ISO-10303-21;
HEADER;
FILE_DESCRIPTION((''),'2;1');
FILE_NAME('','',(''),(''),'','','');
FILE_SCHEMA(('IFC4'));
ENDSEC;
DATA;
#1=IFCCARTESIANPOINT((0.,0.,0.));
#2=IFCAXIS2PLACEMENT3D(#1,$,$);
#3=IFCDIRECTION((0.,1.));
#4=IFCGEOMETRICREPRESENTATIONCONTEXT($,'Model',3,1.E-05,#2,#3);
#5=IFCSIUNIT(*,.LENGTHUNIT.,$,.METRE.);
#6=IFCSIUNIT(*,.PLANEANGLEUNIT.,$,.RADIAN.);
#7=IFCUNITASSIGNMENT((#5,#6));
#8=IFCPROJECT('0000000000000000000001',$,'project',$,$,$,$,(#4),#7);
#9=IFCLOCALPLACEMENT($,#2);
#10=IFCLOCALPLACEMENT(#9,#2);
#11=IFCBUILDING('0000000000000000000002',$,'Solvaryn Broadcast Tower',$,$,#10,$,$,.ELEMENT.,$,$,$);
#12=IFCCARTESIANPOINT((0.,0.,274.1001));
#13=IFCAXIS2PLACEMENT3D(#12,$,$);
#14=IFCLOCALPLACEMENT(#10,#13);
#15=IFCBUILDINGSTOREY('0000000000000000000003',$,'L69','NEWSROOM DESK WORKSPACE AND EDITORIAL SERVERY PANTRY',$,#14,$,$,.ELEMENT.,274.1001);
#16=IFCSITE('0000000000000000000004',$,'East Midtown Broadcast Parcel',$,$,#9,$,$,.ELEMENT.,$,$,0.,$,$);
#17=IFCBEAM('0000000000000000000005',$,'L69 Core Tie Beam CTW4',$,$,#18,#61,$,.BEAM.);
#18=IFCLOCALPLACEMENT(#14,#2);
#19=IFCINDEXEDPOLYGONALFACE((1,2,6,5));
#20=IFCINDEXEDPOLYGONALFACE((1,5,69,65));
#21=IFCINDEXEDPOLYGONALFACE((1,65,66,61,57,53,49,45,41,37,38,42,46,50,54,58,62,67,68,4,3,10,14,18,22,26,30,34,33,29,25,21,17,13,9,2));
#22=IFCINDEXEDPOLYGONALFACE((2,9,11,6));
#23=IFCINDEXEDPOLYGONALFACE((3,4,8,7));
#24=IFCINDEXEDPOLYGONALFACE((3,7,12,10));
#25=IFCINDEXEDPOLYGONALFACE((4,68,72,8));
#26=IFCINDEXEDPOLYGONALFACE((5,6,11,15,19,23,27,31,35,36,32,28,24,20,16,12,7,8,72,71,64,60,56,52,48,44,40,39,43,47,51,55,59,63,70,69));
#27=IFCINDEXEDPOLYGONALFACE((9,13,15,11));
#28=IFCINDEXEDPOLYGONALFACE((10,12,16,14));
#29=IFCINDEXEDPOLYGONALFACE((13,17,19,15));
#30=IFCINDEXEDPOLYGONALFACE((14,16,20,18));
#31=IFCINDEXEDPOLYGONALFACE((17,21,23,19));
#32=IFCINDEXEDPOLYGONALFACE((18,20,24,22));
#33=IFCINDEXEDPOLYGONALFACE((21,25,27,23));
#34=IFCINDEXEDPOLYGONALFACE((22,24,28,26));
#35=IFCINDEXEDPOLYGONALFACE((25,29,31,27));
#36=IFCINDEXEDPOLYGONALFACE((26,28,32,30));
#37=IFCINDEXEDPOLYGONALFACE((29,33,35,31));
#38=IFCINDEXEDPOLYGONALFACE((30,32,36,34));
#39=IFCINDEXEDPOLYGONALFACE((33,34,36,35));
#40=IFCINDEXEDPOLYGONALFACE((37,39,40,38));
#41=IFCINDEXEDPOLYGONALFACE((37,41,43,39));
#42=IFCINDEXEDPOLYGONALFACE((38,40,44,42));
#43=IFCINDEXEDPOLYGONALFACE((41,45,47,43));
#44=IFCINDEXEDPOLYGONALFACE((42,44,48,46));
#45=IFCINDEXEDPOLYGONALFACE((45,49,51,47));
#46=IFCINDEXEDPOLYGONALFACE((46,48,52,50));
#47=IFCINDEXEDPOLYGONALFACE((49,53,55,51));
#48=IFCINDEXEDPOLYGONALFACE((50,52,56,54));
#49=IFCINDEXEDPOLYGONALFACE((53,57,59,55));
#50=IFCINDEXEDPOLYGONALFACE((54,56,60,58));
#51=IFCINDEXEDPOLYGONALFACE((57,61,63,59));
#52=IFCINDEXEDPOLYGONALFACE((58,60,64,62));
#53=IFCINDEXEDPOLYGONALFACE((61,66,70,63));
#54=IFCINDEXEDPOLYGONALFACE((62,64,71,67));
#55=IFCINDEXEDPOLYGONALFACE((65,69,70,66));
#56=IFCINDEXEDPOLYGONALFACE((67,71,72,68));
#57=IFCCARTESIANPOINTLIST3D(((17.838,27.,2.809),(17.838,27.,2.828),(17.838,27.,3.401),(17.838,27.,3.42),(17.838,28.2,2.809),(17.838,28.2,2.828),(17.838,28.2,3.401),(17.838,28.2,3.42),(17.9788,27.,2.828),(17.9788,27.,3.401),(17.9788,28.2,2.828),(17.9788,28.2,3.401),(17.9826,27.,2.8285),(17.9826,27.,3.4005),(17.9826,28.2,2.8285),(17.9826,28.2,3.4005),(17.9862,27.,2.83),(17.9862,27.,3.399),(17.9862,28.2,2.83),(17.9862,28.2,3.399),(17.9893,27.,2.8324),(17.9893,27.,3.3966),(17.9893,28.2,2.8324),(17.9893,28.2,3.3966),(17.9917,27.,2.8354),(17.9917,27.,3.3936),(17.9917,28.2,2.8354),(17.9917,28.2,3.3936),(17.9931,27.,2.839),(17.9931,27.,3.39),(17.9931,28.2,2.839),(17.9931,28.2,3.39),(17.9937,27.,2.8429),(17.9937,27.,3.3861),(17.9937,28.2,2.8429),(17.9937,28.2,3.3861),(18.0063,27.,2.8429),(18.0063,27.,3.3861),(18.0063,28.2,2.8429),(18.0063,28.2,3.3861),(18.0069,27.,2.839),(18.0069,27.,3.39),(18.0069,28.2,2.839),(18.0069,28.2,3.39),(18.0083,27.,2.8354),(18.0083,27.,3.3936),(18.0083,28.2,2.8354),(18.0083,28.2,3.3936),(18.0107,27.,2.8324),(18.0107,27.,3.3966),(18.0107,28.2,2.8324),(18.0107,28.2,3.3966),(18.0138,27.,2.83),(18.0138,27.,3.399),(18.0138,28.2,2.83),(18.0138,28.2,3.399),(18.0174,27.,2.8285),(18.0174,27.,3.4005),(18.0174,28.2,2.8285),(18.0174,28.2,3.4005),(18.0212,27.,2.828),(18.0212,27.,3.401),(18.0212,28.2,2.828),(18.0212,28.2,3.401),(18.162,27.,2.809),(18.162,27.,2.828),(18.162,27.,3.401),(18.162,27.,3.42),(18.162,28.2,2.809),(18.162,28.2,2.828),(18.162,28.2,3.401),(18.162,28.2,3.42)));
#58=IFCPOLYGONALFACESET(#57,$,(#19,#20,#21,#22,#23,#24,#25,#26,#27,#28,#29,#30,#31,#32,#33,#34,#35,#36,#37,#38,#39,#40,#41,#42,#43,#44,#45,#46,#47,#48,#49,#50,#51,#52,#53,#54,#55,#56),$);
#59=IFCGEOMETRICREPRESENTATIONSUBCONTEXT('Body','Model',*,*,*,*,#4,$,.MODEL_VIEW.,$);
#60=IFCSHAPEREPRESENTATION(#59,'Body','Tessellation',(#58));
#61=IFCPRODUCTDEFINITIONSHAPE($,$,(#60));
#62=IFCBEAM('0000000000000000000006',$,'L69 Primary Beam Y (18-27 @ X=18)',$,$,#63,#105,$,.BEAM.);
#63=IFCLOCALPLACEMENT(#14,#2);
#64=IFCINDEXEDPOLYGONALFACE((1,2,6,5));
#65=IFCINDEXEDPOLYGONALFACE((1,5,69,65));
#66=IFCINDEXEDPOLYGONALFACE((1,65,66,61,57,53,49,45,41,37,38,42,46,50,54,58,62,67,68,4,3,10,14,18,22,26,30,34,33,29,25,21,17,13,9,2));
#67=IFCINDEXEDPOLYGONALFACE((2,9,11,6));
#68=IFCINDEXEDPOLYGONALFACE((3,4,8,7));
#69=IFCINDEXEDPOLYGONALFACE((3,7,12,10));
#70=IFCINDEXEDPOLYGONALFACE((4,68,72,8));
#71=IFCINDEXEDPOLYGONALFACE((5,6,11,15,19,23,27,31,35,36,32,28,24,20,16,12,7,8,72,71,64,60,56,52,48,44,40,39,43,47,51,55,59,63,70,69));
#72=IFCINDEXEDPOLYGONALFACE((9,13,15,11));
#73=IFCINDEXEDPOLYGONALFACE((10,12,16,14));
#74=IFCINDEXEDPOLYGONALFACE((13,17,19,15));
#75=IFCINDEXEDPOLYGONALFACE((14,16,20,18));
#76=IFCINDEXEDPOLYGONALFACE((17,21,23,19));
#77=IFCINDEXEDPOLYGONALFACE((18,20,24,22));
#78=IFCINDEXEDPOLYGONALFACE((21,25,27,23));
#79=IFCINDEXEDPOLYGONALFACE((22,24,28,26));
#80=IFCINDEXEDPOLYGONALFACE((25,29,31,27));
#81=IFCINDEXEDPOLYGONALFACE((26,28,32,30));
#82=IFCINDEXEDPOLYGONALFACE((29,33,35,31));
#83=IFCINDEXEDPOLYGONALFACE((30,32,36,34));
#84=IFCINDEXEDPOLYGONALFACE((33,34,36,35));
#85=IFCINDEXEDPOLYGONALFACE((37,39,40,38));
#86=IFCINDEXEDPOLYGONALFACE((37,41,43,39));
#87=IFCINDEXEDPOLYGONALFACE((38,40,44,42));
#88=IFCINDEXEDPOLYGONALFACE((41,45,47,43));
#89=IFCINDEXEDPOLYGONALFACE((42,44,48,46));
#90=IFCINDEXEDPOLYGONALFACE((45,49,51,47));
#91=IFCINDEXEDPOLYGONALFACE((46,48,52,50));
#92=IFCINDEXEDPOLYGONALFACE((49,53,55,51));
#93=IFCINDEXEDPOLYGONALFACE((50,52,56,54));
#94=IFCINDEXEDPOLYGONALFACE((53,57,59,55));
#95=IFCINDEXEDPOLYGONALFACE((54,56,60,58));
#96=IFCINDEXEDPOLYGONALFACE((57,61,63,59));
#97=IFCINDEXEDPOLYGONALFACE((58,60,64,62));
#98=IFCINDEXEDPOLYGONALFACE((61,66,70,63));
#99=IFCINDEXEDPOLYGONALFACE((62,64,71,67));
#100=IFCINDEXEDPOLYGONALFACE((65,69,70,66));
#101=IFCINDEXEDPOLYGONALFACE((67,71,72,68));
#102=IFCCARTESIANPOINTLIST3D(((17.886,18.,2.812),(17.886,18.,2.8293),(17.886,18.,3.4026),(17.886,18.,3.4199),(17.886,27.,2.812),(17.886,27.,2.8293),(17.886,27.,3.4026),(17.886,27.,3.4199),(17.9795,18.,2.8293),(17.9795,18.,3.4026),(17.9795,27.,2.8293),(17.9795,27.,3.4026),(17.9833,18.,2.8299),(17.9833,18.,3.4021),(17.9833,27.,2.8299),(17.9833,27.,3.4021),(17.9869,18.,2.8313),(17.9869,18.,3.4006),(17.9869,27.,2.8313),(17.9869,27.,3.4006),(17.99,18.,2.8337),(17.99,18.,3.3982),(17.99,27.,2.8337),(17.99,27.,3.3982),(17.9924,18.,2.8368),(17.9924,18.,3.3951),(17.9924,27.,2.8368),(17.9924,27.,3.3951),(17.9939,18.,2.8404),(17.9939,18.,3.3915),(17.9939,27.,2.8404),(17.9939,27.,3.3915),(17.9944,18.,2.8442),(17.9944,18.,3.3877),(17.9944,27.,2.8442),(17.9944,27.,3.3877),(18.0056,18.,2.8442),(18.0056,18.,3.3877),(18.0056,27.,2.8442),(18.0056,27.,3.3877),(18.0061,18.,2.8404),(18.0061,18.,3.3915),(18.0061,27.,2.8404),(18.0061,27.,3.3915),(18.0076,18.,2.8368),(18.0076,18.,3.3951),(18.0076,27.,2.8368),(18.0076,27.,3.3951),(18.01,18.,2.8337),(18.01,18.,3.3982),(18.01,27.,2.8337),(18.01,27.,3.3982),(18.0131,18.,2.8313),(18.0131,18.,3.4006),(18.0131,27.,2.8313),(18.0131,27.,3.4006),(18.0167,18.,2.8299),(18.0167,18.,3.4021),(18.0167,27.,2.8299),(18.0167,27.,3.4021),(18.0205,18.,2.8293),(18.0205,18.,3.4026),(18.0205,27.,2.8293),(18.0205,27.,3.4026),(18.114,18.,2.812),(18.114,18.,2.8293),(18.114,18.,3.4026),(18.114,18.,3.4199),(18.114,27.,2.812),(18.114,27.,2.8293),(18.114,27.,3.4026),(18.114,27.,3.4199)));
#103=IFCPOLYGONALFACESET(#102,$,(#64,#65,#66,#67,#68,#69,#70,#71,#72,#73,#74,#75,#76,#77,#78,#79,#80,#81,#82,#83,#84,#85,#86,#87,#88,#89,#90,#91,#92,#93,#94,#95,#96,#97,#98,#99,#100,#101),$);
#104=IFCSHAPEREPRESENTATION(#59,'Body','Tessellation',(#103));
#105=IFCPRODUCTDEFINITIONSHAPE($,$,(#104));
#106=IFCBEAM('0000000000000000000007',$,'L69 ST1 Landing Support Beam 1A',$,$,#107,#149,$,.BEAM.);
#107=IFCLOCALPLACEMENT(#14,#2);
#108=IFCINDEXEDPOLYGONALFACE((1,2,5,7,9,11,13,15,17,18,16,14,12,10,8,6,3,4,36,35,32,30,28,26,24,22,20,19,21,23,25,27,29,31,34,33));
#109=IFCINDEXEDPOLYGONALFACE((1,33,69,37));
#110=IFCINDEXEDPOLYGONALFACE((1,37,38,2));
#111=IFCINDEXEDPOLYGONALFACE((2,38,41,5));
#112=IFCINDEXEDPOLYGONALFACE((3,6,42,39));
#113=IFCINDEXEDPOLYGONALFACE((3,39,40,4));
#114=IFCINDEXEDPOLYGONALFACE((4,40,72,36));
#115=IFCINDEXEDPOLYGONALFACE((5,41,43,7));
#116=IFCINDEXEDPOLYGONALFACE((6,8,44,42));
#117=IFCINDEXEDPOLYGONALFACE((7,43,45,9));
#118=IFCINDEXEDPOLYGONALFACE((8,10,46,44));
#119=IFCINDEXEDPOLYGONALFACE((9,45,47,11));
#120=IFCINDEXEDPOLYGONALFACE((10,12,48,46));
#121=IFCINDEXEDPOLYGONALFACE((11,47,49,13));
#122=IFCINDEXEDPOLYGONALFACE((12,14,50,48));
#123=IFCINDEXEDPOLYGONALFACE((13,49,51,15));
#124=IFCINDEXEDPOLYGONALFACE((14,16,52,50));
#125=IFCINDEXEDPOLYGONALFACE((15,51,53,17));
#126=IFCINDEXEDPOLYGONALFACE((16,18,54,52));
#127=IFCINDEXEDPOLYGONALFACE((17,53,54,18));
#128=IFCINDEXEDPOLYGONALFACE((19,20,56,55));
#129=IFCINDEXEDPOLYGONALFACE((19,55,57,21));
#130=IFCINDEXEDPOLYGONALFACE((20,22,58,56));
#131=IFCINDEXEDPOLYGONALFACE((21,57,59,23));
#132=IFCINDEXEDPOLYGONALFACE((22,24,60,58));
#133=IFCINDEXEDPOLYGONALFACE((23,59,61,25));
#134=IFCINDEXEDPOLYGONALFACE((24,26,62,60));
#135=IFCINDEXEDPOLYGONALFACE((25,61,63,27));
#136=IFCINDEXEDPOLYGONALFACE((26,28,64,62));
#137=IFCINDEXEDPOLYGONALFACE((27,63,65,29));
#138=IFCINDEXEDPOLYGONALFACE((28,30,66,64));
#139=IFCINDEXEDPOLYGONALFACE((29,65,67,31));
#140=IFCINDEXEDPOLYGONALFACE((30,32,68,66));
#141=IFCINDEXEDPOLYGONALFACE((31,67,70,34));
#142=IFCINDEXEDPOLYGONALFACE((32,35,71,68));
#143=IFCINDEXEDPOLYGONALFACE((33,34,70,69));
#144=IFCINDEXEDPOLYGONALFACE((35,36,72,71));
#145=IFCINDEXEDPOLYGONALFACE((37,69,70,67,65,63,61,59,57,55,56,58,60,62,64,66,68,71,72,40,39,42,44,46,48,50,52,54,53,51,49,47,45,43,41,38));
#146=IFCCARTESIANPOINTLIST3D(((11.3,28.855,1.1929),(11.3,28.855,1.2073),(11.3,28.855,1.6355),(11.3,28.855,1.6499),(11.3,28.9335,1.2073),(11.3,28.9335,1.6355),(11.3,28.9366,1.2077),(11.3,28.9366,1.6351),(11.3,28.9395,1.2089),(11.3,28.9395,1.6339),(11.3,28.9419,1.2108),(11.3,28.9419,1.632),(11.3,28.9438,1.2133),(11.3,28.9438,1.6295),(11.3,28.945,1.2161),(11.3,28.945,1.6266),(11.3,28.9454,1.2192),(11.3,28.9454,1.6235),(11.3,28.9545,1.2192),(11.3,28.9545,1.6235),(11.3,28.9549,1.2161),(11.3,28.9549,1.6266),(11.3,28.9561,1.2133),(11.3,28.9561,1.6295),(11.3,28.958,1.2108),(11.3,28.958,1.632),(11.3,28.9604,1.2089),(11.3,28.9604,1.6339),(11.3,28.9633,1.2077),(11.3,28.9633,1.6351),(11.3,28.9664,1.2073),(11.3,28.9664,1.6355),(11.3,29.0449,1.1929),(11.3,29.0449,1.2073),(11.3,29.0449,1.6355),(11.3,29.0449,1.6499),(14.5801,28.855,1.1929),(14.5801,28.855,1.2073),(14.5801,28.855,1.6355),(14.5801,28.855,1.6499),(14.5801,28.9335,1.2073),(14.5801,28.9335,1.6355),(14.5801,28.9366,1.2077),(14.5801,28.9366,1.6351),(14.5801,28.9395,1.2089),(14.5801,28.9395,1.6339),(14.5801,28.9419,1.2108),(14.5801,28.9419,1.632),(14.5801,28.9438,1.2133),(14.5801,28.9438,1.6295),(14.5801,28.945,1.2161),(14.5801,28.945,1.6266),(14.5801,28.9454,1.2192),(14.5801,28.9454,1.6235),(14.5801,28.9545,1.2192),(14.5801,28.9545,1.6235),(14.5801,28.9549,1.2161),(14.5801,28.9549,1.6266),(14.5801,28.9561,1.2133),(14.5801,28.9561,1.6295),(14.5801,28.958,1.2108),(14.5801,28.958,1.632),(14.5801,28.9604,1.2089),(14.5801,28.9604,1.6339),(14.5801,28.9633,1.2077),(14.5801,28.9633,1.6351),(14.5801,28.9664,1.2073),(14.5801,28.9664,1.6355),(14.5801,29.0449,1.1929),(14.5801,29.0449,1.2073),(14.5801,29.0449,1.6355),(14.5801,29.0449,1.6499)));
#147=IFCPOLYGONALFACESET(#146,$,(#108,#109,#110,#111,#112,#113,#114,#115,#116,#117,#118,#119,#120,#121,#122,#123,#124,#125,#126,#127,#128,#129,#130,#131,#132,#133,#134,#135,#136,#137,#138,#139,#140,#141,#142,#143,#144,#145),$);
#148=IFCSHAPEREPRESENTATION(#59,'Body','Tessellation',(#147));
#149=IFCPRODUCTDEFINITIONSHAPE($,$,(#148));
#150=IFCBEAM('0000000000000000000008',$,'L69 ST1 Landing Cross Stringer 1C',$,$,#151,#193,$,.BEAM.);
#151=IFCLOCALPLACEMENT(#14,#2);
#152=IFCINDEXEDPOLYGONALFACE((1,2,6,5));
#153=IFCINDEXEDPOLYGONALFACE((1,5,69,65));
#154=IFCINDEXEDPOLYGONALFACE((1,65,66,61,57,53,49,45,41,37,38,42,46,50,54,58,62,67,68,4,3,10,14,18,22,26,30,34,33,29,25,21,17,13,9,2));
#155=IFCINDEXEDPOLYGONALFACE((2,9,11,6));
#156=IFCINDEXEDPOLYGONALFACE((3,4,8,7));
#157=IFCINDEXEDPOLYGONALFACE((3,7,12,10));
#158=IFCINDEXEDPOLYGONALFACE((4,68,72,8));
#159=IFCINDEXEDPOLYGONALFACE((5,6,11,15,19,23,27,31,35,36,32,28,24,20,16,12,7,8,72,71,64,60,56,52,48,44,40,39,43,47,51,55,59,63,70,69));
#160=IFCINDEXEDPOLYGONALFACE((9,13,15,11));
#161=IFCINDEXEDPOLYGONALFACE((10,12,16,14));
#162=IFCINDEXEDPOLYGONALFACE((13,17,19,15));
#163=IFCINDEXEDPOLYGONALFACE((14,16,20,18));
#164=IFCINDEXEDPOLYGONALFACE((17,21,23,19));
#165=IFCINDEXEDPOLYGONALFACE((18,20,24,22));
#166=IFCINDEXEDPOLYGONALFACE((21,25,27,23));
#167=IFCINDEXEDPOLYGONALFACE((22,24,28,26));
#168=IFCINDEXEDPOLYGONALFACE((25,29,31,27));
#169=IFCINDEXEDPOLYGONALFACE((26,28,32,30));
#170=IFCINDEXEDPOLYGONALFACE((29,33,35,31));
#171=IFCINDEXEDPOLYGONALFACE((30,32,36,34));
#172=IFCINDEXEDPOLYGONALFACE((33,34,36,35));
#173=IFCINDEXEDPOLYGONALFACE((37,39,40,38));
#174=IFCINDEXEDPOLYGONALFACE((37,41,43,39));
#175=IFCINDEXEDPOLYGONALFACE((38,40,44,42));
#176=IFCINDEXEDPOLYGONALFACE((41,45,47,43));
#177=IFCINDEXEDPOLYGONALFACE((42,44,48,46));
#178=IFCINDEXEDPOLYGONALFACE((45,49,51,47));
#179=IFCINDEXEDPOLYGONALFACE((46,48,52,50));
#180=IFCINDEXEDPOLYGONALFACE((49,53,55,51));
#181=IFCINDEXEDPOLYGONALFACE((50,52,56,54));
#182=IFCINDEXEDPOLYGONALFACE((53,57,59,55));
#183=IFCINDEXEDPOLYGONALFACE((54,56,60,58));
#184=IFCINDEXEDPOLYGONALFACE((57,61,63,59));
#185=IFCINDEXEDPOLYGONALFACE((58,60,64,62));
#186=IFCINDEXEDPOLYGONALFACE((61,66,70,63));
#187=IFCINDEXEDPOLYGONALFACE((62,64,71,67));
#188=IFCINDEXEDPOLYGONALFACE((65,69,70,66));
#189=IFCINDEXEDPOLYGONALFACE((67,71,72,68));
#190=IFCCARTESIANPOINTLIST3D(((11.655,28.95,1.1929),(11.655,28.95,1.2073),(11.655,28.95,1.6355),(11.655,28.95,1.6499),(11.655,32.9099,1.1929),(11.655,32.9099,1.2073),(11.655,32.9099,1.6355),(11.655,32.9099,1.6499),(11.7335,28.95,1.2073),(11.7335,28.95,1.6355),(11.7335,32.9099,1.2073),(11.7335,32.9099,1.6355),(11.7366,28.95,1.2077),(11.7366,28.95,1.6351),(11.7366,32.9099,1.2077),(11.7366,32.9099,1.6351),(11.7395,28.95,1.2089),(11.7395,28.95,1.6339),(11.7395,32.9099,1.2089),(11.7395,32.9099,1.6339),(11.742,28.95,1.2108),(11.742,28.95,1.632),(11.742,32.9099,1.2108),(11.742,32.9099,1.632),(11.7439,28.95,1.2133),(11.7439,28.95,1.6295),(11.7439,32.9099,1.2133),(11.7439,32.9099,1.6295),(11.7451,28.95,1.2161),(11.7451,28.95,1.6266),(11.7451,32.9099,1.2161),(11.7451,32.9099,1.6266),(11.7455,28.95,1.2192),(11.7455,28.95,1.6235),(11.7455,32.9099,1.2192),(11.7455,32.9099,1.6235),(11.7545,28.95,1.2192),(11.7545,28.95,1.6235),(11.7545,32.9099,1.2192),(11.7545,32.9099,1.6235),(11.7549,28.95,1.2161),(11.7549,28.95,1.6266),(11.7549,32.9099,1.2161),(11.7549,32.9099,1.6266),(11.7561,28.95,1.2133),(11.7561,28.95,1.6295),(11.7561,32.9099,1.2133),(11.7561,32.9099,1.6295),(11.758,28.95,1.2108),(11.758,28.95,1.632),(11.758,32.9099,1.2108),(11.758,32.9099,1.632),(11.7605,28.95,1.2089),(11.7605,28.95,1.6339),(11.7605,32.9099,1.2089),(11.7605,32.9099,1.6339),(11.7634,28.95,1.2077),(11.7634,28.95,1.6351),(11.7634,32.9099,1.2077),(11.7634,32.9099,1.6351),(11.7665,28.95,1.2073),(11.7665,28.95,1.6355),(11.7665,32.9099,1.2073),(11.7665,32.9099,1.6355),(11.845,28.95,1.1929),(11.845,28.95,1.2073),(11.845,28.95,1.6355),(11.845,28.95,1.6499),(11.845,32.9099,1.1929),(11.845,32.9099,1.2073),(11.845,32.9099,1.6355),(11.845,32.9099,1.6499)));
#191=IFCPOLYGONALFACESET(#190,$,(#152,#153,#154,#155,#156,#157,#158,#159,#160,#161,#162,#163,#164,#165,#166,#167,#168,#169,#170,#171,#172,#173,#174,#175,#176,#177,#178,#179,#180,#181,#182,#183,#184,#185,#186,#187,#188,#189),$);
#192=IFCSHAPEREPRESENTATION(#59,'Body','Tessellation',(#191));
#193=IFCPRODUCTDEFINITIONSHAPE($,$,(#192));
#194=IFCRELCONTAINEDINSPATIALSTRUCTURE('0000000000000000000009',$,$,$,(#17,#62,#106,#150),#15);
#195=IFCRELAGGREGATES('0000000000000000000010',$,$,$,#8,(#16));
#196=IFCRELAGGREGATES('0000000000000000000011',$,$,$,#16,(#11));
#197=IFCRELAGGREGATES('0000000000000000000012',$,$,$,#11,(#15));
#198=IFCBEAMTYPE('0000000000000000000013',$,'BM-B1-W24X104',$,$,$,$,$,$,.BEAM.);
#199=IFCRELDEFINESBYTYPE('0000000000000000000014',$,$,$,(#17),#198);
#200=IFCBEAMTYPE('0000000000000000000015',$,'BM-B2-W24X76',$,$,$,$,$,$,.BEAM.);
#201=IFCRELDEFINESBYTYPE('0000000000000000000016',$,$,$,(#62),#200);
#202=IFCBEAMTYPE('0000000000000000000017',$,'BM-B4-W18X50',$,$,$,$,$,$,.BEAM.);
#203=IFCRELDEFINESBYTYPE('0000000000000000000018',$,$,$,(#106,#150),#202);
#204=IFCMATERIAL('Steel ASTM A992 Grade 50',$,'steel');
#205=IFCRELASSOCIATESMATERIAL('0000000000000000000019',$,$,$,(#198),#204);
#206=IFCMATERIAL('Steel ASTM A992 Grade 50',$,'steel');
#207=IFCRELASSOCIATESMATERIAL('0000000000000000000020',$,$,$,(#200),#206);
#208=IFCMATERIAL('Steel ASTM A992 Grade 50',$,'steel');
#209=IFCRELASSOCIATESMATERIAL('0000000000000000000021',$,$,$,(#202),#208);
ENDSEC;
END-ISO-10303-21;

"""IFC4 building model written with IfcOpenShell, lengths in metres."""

from ifc_helpers import new_model, si_unit, direction, frame, origin, origin_2d, place, context, subcontext, project, spatial, i_section, extrude, material, material_profile, profile_set, type_object, element, save


model = new_model("IFC4")

# Units and contexts
model_context = context("Model", 3, precision=1e-05, world=origin(), true_north=direction((0.0, 1.0)))
body_context = subcontext(model_context, "Body", "Model", "MODEL_VIEW")
ifc_project = project(units=[si_unit("LENGTHUNIT", "METRE"), si_unit("PLANEANGLEUNIT", "RADIAN")], contexts=[model_context])

# Site, building, storey
site_placement = place(None, origin())
site = spatial("IfcSite", under=ifc_project, at=site_placement, Name="East Midtown Broadcast Parcel", CompositionType="ELEMENT", RefElevation=0.0)
building_placement = place(site_placement, origin())
building = spatial("IfcBuilding", under=site, at=building_placement, Name="Solvaryn Broadcast Tower", CompositionType="ELEMENT")
storey_placement = place(building_placement, frame((0.0, 0.0, 274.1001)))
storey = spatial("IfcBuildingStorey", under=building, at=storey_placement, Name="L69", Description="NEWSROOM DESK WORKSPACE AND EDITORIAL SERVERY PANTRY", CompositionType="ELEMENT", Elevation=274.1001)

# Beams
ifc_material_1 = material(Name="Steel ASTM A992 Grade 50", Category="steel")
ifc_material_profile_1 = material_profile(ifc_material_1, i_section(OverallWidth=0.324, OverallDepth=0.6111, WebThickness=0.0127, FlangeThickness=0.019, FilletRadius=0.0149, at=origin_2d()))
ifc_profile_set_1 = profile_set([ifc_material_profile_1], Name="Steel ASTM A992 Grade 50")
beam_type_1 = type_object("IfcBeamType", Name="BM-B1-W24X104", PredefinedType="BEAM", material=ifc_profile_set_1)
beam_1_placement = place(storey_placement, frame((18.0, 27.0, 3.1145), z_axis=(0.0, 1.0, 0.0), x_axis=(-1.0, 0.0, 0.0)))
element("IfcBeam", 1, at=beam_1_placement, inside=storey, type_object=beam_type_1, Name="L69 Core Tie Beam CTW4", PredefinedType="BEAM", context=body_context, shape_type="SweptSolid", body=[
    extrude(i_section(OverallWidth=0.324, OverallDepth=0.6111, WebThickness=0.0127, FlangeThickness=0.019, FilletRadius=0.0149, at=origin_2d()), origin(), (0.0, 0.0, 1.0), 1.2),
])
ifc_material_2 = material(Name="Steel ASTM A992 Grade 50", Category="steel")
ifc_material_profile_2 = material_profile(ifc_material_2, i_section(OverallWidth=0.228, OverallDepth=0.6079, WebThickness=0.0112, FlangeThickness=0.0173, FilletRadius=0.0149, at=origin_2d()))
ifc_profile_set_2 = profile_set([ifc_material_profile_2], Name="Steel ASTM A992 Grade 50")
beam_type_2 = type_object("IfcBeamType", Name="BM-B2-W24X76", PredefinedType="BEAM", material=ifc_profile_set_2)
beam_2_placement = place(storey_placement, frame((18.0, 18.0, 3.116), z_axis=(0.0, 1.0, 0.0), x_axis=(-1.0, 0.0, 0.0)))
element("IfcBeam", 2, at=beam_2_placement, inside=storey, type_object=beam_type_2, Name="L69 Primary Beam Y (18-27 @ X=18)", PredefinedType="BEAM", context=body_context, shape_type="SweptSolid", body=[
    extrude(i_section(OverallWidth=0.228, OverallDepth=0.6079, WebThickness=0.0112, FlangeThickness=0.0173, FilletRadius=0.0149, at=origin_2d()), origin(), (0.0, 0.0, 1.0), 9.0),
])
ifc_material_3 = material(Name="Steel ASTM A992 Grade 50", Category="steel")
ifc_material_profile_3 = material_profile(ifc_material_3, i_section(OverallWidth=0.1899, OverallDepth=0.457, WebThickness=0.009, FlangeThickness=0.0144, FilletRadius=0.012, at=origin_2d()))
ifc_profile_set_3 = profile_set([ifc_material_profile_3], Name="Steel ASTM A992 Grade 50")
beam_type_3 = type_object("IfcBeamType", Name="BM-B4-W18X50", PredefinedType="BEAM", material=ifc_profile_set_3)
beam_3_placement = place(storey_placement, frame((11.3, 28.95, 1.4214), z_axis=(1.0, 0.0, 0.0), x_axis=(0.0, 1.0, 0.0)))
element("IfcBeam", 3, at=beam_3_placement, inside=storey, type_object=beam_type_3, Name="L69 ST1 Landing Support Beam 1A", PredefinedType="BEAM", context=body_context, shape_type="SweptSolid", body=[
    extrude(i_section(OverallWidth=0.1899, OverallDepth=0.457, WebThickness=0.009, FlangeThickness=0.0144, FilletRadius=0.012, at=origin_2d()), origin(), (0.0, 0.0, 1.0), 3.28),
])
beam_4_placement = place(storey_placement, frame((11.75, 28.95, 1.4214), z_axis=(0.0, 1.0, 0.0), x_axis=(-1.0, 0.0, 0.0)))
element("IfcBeam", 4, at=beam_4_placement, inside=storey, type_object=beam_type_3, Name="L69 ST1 Landing Cross Stringer 1C", PredefinedType="BEAM", context=body_context, shape_type="SweptSolid", body=[
    extrude(i_section(OverallWidth=0.1899, OverallDepth=0.457, WebThickness=0.009, FlangeThickness=0.0144, FilletRadius=0.012, at=origin_2d()), origin(), (0.0, 0.0, 1.0), 3.96),
])

save(model, "model.ifc")
